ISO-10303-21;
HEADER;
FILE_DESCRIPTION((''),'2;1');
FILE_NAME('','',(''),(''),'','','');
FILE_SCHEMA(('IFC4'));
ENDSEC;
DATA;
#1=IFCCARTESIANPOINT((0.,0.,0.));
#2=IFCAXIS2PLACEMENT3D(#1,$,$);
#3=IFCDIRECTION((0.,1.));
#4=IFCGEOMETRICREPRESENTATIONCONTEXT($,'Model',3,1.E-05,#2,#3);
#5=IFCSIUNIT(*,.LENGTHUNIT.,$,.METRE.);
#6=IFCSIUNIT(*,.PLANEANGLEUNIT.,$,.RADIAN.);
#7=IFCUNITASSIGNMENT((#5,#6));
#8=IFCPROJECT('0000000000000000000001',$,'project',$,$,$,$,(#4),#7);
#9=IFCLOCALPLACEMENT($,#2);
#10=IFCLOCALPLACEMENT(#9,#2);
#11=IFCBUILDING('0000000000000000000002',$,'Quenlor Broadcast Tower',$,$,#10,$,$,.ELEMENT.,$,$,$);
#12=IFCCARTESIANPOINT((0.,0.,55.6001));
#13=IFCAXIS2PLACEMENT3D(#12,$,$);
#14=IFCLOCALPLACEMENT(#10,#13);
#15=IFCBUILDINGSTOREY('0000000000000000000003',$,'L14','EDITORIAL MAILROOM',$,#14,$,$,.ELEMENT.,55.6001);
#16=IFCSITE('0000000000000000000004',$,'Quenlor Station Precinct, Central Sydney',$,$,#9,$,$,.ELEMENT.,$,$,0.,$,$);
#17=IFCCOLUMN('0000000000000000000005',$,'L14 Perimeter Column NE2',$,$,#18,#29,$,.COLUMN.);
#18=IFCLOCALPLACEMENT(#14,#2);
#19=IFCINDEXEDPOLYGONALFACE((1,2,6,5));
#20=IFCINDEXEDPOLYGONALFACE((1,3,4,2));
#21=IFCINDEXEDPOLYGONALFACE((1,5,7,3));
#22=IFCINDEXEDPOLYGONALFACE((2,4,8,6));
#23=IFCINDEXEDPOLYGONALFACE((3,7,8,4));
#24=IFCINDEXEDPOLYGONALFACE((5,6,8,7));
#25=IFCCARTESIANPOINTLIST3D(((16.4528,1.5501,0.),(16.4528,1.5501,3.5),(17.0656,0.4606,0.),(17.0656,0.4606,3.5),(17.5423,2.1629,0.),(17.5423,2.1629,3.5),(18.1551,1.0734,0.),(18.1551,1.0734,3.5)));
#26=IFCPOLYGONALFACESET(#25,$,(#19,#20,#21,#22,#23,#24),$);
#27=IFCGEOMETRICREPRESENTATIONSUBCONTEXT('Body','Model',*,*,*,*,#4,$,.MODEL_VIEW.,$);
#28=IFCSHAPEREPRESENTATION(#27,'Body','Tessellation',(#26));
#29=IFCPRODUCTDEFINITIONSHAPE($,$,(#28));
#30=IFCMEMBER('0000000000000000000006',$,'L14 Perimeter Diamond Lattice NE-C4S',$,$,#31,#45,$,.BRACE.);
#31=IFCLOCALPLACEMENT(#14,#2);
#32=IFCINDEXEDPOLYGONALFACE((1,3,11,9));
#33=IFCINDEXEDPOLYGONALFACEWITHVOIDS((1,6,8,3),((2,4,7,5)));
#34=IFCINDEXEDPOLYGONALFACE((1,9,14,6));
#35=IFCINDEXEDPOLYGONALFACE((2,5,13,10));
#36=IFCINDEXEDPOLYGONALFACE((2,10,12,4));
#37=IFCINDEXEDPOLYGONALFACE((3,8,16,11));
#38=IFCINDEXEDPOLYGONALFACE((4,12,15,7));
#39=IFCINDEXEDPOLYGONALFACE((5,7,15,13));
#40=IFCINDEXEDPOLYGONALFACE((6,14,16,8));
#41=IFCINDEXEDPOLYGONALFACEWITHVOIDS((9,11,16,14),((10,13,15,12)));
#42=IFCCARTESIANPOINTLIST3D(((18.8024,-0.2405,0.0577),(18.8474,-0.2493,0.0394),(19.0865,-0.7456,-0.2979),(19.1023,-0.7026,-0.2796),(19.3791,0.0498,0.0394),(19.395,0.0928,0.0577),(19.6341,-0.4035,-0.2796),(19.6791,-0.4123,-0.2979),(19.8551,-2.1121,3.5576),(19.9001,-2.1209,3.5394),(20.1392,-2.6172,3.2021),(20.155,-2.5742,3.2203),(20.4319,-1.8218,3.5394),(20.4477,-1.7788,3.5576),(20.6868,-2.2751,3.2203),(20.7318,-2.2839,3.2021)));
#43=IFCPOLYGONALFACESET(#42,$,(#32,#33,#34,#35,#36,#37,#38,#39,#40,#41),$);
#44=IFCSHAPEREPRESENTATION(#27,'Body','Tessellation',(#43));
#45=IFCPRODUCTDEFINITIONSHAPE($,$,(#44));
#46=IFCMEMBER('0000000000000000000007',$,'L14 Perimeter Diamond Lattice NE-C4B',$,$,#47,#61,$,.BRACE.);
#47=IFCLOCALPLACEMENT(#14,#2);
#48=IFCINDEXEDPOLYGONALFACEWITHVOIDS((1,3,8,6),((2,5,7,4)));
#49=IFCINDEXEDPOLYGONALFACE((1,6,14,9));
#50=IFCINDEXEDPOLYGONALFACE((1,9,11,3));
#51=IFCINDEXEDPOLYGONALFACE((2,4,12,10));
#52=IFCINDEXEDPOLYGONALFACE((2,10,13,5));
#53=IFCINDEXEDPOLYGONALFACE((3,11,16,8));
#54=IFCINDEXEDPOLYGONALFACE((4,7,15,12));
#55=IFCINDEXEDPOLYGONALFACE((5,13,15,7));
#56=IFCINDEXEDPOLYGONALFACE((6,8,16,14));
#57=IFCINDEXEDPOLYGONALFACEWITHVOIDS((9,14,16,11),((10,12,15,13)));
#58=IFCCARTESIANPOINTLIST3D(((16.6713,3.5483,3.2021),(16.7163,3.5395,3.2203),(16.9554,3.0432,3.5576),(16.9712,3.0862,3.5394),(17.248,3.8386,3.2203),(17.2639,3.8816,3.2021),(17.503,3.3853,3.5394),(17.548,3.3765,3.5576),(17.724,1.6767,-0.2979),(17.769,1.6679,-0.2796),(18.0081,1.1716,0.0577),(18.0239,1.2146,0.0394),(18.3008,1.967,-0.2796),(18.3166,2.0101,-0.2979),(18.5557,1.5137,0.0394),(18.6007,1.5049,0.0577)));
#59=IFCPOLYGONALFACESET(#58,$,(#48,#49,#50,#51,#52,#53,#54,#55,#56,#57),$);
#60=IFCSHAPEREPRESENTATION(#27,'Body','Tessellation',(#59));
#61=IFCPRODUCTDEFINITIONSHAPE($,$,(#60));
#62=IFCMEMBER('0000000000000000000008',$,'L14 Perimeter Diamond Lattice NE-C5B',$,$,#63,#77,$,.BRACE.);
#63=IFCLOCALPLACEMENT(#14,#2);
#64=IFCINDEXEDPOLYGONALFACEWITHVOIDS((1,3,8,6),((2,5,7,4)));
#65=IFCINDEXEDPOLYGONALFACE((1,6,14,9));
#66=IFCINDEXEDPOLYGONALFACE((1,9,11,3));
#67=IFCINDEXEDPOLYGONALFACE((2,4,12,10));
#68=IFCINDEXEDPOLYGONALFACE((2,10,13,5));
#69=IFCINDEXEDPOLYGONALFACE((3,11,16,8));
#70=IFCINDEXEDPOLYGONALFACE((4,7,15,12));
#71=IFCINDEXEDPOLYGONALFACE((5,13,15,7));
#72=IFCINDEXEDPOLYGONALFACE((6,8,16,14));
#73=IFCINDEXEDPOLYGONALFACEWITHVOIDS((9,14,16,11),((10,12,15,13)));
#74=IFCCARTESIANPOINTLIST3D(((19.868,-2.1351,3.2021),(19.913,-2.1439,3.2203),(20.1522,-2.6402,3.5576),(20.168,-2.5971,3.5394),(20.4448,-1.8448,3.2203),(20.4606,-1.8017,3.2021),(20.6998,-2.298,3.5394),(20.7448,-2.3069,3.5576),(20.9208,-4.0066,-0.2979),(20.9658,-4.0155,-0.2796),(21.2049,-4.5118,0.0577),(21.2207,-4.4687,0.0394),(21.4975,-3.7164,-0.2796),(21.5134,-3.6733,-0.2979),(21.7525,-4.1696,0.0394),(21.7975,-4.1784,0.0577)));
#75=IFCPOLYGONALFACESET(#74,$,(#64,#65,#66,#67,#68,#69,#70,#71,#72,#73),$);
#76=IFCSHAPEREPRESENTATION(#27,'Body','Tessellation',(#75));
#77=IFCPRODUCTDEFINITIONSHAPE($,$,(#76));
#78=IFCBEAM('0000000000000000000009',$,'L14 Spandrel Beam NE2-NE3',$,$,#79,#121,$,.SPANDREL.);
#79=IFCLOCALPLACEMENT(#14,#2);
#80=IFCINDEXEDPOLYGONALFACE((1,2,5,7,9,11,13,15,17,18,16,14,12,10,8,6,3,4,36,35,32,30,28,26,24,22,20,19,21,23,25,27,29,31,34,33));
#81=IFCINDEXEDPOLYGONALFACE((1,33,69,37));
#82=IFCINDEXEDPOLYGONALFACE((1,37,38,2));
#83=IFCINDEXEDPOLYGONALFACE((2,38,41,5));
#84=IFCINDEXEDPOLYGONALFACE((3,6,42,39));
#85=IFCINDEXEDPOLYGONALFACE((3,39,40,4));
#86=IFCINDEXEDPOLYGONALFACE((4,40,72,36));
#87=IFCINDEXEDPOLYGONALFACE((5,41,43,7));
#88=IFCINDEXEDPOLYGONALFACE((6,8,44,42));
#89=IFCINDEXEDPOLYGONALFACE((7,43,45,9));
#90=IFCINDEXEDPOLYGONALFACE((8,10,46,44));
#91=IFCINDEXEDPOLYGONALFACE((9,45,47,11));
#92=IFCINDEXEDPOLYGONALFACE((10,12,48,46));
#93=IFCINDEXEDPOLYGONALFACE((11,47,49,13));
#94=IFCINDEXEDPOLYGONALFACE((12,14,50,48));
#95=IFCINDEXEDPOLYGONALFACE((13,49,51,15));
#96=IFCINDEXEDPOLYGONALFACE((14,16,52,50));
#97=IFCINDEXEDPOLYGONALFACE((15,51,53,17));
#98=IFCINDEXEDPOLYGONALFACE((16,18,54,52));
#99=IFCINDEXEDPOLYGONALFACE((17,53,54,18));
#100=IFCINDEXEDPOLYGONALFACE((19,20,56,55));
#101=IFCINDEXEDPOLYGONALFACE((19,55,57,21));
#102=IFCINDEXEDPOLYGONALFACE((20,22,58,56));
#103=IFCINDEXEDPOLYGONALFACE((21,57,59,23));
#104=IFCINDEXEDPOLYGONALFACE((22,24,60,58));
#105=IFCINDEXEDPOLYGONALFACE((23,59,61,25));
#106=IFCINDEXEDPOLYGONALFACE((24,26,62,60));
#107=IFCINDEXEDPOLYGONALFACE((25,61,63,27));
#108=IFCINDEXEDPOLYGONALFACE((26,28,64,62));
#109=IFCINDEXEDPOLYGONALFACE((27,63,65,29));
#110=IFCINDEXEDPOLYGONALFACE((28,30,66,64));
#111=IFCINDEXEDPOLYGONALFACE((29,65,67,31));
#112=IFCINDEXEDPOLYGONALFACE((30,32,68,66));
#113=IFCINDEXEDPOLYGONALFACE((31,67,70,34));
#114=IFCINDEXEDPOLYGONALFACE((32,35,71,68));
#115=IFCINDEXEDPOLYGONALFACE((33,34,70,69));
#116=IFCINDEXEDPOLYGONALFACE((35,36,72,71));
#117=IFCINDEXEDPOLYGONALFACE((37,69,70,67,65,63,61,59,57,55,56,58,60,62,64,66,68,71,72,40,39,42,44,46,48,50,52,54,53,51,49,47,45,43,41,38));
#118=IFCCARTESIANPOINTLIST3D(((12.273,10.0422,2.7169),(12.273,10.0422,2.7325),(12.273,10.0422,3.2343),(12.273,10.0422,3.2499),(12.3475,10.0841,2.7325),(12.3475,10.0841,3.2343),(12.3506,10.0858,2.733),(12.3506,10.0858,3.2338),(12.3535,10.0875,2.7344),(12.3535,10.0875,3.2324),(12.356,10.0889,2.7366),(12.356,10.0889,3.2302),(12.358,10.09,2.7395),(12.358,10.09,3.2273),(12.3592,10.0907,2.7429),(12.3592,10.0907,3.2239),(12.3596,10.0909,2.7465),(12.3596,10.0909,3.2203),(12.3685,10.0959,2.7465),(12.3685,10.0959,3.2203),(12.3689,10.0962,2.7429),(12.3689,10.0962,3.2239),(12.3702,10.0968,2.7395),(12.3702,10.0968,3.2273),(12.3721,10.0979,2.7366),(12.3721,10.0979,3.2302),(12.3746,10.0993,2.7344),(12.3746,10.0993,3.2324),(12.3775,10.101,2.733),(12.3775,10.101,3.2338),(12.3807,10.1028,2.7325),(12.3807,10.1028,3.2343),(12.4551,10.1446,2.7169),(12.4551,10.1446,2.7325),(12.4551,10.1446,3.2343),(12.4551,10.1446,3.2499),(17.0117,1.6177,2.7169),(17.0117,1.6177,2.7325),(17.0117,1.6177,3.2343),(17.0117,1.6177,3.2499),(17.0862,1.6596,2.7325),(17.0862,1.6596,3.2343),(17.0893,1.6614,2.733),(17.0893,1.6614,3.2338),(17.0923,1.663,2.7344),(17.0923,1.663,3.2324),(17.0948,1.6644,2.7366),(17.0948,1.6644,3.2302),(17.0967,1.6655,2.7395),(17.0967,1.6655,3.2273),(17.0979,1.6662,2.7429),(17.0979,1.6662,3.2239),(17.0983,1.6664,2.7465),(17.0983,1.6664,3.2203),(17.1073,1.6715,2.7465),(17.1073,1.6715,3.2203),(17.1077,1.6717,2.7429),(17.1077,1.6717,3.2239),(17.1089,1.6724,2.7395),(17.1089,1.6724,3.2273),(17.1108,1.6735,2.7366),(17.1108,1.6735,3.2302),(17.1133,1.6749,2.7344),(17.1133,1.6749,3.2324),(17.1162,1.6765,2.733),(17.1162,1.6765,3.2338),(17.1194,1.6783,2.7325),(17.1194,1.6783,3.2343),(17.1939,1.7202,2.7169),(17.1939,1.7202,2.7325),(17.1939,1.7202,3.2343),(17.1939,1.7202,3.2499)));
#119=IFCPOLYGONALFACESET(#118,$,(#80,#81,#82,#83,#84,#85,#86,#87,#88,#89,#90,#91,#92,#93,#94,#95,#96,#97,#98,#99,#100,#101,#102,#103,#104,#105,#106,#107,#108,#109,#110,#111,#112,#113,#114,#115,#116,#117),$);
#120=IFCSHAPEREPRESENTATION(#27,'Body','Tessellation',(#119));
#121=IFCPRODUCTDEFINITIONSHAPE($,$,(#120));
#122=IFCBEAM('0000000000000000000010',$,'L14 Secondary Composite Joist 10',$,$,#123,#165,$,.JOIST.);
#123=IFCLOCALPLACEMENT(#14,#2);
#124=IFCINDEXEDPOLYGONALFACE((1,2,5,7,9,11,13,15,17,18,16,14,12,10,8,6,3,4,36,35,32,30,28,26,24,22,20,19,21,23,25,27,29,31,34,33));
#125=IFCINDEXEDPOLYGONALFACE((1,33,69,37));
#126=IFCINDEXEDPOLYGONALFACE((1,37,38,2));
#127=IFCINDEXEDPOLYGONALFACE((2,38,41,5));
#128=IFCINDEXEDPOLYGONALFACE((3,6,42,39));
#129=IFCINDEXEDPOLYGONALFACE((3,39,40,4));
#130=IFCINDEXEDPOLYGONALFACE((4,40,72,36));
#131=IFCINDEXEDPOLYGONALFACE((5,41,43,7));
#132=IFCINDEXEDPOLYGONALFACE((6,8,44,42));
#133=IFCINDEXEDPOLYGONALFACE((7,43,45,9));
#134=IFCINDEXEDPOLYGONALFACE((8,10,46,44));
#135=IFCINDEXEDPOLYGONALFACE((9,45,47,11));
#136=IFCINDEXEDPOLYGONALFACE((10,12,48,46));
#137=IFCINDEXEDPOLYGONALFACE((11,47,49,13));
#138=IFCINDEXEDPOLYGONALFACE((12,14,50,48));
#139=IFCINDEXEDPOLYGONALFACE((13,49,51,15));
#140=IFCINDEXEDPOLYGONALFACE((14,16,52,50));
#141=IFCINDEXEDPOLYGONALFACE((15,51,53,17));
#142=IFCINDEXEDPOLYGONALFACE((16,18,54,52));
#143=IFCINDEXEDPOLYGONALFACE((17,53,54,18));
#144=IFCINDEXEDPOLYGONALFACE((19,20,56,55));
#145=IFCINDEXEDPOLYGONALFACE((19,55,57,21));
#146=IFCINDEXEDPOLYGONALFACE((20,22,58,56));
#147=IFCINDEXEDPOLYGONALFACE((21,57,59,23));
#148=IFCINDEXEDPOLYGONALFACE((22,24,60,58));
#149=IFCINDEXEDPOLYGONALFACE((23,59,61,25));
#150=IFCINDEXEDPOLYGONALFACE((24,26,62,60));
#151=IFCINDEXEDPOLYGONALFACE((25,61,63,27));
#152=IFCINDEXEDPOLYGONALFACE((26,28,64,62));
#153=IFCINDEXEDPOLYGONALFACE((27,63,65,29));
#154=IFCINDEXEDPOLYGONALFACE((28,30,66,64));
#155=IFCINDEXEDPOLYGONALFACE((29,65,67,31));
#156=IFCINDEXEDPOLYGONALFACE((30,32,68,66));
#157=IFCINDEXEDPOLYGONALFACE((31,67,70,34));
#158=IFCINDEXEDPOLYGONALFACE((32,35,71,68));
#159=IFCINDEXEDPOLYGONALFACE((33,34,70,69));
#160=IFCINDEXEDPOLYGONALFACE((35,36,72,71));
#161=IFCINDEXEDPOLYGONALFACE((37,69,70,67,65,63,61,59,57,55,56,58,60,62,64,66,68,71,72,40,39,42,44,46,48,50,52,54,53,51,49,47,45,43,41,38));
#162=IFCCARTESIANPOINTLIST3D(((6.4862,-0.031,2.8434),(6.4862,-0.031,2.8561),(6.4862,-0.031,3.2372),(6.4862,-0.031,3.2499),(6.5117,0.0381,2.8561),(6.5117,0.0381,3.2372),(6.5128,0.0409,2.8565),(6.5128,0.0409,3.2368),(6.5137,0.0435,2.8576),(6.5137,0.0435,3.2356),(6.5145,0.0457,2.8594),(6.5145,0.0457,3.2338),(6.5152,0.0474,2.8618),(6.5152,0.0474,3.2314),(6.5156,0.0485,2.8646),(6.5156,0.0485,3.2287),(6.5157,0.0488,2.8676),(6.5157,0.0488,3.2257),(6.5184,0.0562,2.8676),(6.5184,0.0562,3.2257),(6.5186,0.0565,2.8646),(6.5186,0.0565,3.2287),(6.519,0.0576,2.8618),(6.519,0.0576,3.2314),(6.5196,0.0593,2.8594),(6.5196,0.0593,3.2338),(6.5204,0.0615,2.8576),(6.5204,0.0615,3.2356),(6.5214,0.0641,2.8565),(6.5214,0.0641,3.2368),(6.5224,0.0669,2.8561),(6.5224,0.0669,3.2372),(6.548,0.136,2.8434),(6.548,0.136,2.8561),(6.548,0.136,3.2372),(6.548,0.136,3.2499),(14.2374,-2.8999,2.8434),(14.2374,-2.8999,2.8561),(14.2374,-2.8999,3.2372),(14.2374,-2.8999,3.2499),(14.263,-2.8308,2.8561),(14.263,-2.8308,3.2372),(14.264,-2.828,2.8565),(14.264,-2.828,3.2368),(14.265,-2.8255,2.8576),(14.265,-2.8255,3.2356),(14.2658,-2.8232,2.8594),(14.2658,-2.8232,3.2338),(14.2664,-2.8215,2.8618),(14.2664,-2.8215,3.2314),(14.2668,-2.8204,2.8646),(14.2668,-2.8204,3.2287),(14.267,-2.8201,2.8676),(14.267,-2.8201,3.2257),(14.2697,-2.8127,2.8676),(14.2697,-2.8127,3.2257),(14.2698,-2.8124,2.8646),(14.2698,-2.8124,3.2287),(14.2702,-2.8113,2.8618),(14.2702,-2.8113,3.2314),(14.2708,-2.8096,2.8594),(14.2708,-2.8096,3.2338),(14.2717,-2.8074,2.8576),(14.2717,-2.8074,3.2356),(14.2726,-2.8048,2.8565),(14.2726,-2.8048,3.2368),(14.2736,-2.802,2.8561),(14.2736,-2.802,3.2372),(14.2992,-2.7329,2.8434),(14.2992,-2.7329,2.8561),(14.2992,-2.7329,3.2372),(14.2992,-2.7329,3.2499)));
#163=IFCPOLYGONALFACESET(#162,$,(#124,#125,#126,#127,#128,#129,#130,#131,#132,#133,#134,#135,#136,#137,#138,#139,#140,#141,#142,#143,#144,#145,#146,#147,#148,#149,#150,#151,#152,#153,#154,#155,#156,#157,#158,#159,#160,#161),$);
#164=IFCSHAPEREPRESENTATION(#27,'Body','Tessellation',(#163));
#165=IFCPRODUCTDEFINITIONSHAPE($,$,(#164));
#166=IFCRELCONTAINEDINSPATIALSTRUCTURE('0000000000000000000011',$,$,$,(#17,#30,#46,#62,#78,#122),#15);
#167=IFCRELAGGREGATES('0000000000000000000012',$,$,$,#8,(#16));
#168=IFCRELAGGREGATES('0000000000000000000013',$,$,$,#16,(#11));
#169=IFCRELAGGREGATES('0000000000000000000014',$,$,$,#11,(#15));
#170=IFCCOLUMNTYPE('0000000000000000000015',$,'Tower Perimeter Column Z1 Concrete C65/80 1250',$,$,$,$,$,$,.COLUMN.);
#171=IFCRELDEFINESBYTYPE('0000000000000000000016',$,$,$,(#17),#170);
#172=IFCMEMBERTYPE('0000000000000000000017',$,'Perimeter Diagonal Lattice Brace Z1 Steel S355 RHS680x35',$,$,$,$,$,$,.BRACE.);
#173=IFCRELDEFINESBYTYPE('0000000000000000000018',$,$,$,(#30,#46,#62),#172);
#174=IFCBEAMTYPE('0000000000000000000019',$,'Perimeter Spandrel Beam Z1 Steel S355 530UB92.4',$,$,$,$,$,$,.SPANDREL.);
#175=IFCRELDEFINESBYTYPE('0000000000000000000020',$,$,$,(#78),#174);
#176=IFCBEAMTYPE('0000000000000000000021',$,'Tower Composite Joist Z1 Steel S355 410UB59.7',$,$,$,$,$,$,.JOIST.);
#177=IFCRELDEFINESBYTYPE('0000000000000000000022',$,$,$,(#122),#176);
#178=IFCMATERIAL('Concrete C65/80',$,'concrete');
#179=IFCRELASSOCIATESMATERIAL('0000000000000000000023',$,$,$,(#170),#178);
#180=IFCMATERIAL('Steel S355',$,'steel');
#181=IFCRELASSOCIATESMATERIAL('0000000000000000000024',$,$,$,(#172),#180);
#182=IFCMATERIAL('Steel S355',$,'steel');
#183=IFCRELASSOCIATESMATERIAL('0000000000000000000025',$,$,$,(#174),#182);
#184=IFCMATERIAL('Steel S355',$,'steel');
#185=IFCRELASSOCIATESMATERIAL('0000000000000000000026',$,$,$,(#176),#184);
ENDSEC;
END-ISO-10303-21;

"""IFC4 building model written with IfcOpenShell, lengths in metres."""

from ifc_helpers import new_model, si_unit, direction, frame, origin, origin_2d, place, context, subcontext, project, spatial, rectangle, hollow_rectangle, i_section, extrude, material, material_profile, profile_set, type_object, element, save


model = new_model("IFC4")

# Units and contexts
model_context = context("Model", 3, precision=1e-05, world=origin(), true_north=direction((0.0, 1.0)))
body_context = subcontext(model_context, "Body", "Model", "MODEL_VIEW")
ifc_project = project(units=[si_unit("LENGTHUNIT", "METRE"), si_unit("PLANEANGLEUNIT", "RADIAN")], contexts=[model_context])

# Site, building, storey
site_placement = place(None, origin())
site = spatial("IfcSite", under=ifc_project, at=site_placement, Name="Quenlor Station Precinct, Central Sydney", CompositionType="ELEMENT", RefElevation=0.0)
building_placement = place(site_placement, origin())
building = spatial("IfcBuilding", under=site, at=building_placement, Name="Quenlor Broadcast Tower", CompositionType="ELEMENT")
storey_placement = place(building_placement, frame((0.0, 0.0, 55.6001)))
storey = spatial("IfcBuildingStorey", under=building, at=storey_placement, Name="L14", Description="EDITORIAL MAILROOM", CompositionType="ELEMENT", Elevation=55.6001)

# Column
ifc_material_1 = material(Name="Concrete C65/80", Category="concrete")
ifc_material_profile_1 = material_profile(ifc_material_1, rectangle(XDim=1.25, YDim=1.25, at=origin_2d()))
ifc_profile_set_1 = profile_set([ifc_material_profile_1], Name="Concrete C65/80 RC1250x1250")
column_type = type_object("IfcColumnType", Name="Tower Perimeter Column Z1 Concrete C65/80 1250", PredefinedType="COLUMN", material=ifc_profile_set_1)
column_placement = place(storey_placement, frame((17.304, 1.3118, 0.0), z_axis=(0.0, 0.0, 1.0), x_axis=(0.871575, 0.490262, 0.0)))
element("IfcColumn", 1, at=column_placement, inside=storey, type_object=column_type, Name="L14 Perimeter Column NE2", PredefinedType="COLUMN", context=body_context, shape_type="SweptSolid", body=[
    extrude(rectangle(XDim=1.25, YDim=1.25, at=origin_2d()), origin(), (0.0, 0.0, 1.0), 3.5),
])

# Members
ifc_material_2 = material(Name="Steel S355", Category="steel")
ifc_material_profile_2 = material_profile(ifc_material_2, hollow_rectangle(XDim=0.6799, YDim=0.6799, WallThickness=0.0349, at=origin_2d()))
ifc_profile_set_2 = profile_set([ifc_material_profile_2], Name="Steel S355 RHS680x680x35")
member_type = type_object("IfcMemberType", Name="Perimeter Diagonal Lattice Brace Z1 Steel S355 RHS680x35", PredefinedType="BRACE", material=ifc_profile_set_2)
for number, where, z_axis, x_axis, name in (
    (2, (19.2407, -0.3264, -0.1201), (0.256375, -0.455792, 0.852365), (0.871582, 0.49025, 0.0), "L14 Perimeter Diamond Lattice NE-C4S"),
    (3, (18.1624, 1.5908, -0.1201), (-0.256375, 0.455792, 0.852365), (-0.871582, -0.49025, 0.0), "L14 Perimeter Diamond Lattice NE-C4B"),
    (4, (21.3591, -4.0925, -0.1201), (-0.256375, 0.455792, 0.852365), (-0.871582, -0.49025, 0.0), "L14 Perimeter Diamond Lattice NE-C5B"),
):
    element("IfcMember", number, at=place(storey_placement, frame(where, z_axis=z_axis, x_axis=x_axis)), inside=storey, type_object=member_type, Name=name, PredefinedType="BRACE", context=body_context, shape_type="SweptSolid", body=[
        extrude(hollow_rectangle(XDim=0.6799, YDim=0.6799, WallThickness=0.0349, at=origin_2d()), origin(), (0.0, 0.0, 1.0), 4.1062),
    ])

# Beams
ifc_material_3 = material(Name="Steel S355", Category="steel")
ifc_material_profile_3 = material_profile(ifc_material_3, i_section(OverallWidth=0.209, OverallDepth=0.533, WebThickness=0.0103, FlangeThickness=0.0156, FilletRadius=0.0139, at=origin_2d()))
ifc_profile_set_3 = profile_set([ifc_material_profile_3], Name="Steel S355 530UB92.4")
beam_type_1 = type_object("IfcBeamType", Name="Perimeter Spandrel Beam Z1 Steel S355 530UB92.4", PredefinedType="SPANDREL", material=ifc_profile_set_3)
beam_1_placement = place(storey_placement, frame((17.1028, 1.6689, 2.9834), z_axis=(-0.490258, 0.871578, 0.0), x_axis=(-0.871578, -0.490258, 0.0)))
element("IfcBeam", 5, at=beam_1_placement, inside=storey, type_object=beam_type_1, Name="L14 Spandrel Beam NE2-NE3", PredefinedType="SPANDREL", context=body_context, shape_type="SweptSolid", body=[
    extrude(i_section(OverallWidth=0.209, OverallDepth=0.533, WebThickness=0.0103, FlangeThickness=0.0156, FilletRadius=0.0139, at=origin_2d()), origin(), (0.0, 0.0, 1.0), 9.6658),
])
ifc_material_4 = material(Name="Steel S355", Category="steel")
ifc_material_profile_4 = material_profile(ifc_material_4, i_section(OverallWidth=0.178, OverallDepth=0.4065, WebThickness=0.0078, FlangeThickness=0.0127, FilletRadius=0.0115, at=origin_2d()))
ifc_profile_set_4 = profile_set([ifc_material_profile_4], Name="Steel S355 410UB59.7")
beam_type_2 = type_object("IfcBeamType", Name="Tower Composite Joist Z1 Steel S355 410UB59.7", PredefinedType="JOIST", material=ifc_profile_set_4)
beam_2_placement = place(storey_placement, frame((14.2683, -2.8164, 3.0466), z_axis=(-0.937825, 0.347109, 0.0), x_axis=(-0.347109, -0.937825, 0.0)))
element("IfcBeam", 6, at=beam_2_placement, inside=storey, type_object=beam_type_2, Name="L14 Secondary Composite Joist 10", PredefinedType="JOIST", context=body_context, shape_type="SweptSolid", body=[
    extrude(i_section(OverallWidth=0.178, OverallDepth=0.4065, WebThickness=0.0078, FlangeThickness=0.0127, FilletRadius=0.0115, at=origin_2d()), origin(), (0.0, 0.0, 1.0), 8.2651),
])

save(model, "model.ifc")
